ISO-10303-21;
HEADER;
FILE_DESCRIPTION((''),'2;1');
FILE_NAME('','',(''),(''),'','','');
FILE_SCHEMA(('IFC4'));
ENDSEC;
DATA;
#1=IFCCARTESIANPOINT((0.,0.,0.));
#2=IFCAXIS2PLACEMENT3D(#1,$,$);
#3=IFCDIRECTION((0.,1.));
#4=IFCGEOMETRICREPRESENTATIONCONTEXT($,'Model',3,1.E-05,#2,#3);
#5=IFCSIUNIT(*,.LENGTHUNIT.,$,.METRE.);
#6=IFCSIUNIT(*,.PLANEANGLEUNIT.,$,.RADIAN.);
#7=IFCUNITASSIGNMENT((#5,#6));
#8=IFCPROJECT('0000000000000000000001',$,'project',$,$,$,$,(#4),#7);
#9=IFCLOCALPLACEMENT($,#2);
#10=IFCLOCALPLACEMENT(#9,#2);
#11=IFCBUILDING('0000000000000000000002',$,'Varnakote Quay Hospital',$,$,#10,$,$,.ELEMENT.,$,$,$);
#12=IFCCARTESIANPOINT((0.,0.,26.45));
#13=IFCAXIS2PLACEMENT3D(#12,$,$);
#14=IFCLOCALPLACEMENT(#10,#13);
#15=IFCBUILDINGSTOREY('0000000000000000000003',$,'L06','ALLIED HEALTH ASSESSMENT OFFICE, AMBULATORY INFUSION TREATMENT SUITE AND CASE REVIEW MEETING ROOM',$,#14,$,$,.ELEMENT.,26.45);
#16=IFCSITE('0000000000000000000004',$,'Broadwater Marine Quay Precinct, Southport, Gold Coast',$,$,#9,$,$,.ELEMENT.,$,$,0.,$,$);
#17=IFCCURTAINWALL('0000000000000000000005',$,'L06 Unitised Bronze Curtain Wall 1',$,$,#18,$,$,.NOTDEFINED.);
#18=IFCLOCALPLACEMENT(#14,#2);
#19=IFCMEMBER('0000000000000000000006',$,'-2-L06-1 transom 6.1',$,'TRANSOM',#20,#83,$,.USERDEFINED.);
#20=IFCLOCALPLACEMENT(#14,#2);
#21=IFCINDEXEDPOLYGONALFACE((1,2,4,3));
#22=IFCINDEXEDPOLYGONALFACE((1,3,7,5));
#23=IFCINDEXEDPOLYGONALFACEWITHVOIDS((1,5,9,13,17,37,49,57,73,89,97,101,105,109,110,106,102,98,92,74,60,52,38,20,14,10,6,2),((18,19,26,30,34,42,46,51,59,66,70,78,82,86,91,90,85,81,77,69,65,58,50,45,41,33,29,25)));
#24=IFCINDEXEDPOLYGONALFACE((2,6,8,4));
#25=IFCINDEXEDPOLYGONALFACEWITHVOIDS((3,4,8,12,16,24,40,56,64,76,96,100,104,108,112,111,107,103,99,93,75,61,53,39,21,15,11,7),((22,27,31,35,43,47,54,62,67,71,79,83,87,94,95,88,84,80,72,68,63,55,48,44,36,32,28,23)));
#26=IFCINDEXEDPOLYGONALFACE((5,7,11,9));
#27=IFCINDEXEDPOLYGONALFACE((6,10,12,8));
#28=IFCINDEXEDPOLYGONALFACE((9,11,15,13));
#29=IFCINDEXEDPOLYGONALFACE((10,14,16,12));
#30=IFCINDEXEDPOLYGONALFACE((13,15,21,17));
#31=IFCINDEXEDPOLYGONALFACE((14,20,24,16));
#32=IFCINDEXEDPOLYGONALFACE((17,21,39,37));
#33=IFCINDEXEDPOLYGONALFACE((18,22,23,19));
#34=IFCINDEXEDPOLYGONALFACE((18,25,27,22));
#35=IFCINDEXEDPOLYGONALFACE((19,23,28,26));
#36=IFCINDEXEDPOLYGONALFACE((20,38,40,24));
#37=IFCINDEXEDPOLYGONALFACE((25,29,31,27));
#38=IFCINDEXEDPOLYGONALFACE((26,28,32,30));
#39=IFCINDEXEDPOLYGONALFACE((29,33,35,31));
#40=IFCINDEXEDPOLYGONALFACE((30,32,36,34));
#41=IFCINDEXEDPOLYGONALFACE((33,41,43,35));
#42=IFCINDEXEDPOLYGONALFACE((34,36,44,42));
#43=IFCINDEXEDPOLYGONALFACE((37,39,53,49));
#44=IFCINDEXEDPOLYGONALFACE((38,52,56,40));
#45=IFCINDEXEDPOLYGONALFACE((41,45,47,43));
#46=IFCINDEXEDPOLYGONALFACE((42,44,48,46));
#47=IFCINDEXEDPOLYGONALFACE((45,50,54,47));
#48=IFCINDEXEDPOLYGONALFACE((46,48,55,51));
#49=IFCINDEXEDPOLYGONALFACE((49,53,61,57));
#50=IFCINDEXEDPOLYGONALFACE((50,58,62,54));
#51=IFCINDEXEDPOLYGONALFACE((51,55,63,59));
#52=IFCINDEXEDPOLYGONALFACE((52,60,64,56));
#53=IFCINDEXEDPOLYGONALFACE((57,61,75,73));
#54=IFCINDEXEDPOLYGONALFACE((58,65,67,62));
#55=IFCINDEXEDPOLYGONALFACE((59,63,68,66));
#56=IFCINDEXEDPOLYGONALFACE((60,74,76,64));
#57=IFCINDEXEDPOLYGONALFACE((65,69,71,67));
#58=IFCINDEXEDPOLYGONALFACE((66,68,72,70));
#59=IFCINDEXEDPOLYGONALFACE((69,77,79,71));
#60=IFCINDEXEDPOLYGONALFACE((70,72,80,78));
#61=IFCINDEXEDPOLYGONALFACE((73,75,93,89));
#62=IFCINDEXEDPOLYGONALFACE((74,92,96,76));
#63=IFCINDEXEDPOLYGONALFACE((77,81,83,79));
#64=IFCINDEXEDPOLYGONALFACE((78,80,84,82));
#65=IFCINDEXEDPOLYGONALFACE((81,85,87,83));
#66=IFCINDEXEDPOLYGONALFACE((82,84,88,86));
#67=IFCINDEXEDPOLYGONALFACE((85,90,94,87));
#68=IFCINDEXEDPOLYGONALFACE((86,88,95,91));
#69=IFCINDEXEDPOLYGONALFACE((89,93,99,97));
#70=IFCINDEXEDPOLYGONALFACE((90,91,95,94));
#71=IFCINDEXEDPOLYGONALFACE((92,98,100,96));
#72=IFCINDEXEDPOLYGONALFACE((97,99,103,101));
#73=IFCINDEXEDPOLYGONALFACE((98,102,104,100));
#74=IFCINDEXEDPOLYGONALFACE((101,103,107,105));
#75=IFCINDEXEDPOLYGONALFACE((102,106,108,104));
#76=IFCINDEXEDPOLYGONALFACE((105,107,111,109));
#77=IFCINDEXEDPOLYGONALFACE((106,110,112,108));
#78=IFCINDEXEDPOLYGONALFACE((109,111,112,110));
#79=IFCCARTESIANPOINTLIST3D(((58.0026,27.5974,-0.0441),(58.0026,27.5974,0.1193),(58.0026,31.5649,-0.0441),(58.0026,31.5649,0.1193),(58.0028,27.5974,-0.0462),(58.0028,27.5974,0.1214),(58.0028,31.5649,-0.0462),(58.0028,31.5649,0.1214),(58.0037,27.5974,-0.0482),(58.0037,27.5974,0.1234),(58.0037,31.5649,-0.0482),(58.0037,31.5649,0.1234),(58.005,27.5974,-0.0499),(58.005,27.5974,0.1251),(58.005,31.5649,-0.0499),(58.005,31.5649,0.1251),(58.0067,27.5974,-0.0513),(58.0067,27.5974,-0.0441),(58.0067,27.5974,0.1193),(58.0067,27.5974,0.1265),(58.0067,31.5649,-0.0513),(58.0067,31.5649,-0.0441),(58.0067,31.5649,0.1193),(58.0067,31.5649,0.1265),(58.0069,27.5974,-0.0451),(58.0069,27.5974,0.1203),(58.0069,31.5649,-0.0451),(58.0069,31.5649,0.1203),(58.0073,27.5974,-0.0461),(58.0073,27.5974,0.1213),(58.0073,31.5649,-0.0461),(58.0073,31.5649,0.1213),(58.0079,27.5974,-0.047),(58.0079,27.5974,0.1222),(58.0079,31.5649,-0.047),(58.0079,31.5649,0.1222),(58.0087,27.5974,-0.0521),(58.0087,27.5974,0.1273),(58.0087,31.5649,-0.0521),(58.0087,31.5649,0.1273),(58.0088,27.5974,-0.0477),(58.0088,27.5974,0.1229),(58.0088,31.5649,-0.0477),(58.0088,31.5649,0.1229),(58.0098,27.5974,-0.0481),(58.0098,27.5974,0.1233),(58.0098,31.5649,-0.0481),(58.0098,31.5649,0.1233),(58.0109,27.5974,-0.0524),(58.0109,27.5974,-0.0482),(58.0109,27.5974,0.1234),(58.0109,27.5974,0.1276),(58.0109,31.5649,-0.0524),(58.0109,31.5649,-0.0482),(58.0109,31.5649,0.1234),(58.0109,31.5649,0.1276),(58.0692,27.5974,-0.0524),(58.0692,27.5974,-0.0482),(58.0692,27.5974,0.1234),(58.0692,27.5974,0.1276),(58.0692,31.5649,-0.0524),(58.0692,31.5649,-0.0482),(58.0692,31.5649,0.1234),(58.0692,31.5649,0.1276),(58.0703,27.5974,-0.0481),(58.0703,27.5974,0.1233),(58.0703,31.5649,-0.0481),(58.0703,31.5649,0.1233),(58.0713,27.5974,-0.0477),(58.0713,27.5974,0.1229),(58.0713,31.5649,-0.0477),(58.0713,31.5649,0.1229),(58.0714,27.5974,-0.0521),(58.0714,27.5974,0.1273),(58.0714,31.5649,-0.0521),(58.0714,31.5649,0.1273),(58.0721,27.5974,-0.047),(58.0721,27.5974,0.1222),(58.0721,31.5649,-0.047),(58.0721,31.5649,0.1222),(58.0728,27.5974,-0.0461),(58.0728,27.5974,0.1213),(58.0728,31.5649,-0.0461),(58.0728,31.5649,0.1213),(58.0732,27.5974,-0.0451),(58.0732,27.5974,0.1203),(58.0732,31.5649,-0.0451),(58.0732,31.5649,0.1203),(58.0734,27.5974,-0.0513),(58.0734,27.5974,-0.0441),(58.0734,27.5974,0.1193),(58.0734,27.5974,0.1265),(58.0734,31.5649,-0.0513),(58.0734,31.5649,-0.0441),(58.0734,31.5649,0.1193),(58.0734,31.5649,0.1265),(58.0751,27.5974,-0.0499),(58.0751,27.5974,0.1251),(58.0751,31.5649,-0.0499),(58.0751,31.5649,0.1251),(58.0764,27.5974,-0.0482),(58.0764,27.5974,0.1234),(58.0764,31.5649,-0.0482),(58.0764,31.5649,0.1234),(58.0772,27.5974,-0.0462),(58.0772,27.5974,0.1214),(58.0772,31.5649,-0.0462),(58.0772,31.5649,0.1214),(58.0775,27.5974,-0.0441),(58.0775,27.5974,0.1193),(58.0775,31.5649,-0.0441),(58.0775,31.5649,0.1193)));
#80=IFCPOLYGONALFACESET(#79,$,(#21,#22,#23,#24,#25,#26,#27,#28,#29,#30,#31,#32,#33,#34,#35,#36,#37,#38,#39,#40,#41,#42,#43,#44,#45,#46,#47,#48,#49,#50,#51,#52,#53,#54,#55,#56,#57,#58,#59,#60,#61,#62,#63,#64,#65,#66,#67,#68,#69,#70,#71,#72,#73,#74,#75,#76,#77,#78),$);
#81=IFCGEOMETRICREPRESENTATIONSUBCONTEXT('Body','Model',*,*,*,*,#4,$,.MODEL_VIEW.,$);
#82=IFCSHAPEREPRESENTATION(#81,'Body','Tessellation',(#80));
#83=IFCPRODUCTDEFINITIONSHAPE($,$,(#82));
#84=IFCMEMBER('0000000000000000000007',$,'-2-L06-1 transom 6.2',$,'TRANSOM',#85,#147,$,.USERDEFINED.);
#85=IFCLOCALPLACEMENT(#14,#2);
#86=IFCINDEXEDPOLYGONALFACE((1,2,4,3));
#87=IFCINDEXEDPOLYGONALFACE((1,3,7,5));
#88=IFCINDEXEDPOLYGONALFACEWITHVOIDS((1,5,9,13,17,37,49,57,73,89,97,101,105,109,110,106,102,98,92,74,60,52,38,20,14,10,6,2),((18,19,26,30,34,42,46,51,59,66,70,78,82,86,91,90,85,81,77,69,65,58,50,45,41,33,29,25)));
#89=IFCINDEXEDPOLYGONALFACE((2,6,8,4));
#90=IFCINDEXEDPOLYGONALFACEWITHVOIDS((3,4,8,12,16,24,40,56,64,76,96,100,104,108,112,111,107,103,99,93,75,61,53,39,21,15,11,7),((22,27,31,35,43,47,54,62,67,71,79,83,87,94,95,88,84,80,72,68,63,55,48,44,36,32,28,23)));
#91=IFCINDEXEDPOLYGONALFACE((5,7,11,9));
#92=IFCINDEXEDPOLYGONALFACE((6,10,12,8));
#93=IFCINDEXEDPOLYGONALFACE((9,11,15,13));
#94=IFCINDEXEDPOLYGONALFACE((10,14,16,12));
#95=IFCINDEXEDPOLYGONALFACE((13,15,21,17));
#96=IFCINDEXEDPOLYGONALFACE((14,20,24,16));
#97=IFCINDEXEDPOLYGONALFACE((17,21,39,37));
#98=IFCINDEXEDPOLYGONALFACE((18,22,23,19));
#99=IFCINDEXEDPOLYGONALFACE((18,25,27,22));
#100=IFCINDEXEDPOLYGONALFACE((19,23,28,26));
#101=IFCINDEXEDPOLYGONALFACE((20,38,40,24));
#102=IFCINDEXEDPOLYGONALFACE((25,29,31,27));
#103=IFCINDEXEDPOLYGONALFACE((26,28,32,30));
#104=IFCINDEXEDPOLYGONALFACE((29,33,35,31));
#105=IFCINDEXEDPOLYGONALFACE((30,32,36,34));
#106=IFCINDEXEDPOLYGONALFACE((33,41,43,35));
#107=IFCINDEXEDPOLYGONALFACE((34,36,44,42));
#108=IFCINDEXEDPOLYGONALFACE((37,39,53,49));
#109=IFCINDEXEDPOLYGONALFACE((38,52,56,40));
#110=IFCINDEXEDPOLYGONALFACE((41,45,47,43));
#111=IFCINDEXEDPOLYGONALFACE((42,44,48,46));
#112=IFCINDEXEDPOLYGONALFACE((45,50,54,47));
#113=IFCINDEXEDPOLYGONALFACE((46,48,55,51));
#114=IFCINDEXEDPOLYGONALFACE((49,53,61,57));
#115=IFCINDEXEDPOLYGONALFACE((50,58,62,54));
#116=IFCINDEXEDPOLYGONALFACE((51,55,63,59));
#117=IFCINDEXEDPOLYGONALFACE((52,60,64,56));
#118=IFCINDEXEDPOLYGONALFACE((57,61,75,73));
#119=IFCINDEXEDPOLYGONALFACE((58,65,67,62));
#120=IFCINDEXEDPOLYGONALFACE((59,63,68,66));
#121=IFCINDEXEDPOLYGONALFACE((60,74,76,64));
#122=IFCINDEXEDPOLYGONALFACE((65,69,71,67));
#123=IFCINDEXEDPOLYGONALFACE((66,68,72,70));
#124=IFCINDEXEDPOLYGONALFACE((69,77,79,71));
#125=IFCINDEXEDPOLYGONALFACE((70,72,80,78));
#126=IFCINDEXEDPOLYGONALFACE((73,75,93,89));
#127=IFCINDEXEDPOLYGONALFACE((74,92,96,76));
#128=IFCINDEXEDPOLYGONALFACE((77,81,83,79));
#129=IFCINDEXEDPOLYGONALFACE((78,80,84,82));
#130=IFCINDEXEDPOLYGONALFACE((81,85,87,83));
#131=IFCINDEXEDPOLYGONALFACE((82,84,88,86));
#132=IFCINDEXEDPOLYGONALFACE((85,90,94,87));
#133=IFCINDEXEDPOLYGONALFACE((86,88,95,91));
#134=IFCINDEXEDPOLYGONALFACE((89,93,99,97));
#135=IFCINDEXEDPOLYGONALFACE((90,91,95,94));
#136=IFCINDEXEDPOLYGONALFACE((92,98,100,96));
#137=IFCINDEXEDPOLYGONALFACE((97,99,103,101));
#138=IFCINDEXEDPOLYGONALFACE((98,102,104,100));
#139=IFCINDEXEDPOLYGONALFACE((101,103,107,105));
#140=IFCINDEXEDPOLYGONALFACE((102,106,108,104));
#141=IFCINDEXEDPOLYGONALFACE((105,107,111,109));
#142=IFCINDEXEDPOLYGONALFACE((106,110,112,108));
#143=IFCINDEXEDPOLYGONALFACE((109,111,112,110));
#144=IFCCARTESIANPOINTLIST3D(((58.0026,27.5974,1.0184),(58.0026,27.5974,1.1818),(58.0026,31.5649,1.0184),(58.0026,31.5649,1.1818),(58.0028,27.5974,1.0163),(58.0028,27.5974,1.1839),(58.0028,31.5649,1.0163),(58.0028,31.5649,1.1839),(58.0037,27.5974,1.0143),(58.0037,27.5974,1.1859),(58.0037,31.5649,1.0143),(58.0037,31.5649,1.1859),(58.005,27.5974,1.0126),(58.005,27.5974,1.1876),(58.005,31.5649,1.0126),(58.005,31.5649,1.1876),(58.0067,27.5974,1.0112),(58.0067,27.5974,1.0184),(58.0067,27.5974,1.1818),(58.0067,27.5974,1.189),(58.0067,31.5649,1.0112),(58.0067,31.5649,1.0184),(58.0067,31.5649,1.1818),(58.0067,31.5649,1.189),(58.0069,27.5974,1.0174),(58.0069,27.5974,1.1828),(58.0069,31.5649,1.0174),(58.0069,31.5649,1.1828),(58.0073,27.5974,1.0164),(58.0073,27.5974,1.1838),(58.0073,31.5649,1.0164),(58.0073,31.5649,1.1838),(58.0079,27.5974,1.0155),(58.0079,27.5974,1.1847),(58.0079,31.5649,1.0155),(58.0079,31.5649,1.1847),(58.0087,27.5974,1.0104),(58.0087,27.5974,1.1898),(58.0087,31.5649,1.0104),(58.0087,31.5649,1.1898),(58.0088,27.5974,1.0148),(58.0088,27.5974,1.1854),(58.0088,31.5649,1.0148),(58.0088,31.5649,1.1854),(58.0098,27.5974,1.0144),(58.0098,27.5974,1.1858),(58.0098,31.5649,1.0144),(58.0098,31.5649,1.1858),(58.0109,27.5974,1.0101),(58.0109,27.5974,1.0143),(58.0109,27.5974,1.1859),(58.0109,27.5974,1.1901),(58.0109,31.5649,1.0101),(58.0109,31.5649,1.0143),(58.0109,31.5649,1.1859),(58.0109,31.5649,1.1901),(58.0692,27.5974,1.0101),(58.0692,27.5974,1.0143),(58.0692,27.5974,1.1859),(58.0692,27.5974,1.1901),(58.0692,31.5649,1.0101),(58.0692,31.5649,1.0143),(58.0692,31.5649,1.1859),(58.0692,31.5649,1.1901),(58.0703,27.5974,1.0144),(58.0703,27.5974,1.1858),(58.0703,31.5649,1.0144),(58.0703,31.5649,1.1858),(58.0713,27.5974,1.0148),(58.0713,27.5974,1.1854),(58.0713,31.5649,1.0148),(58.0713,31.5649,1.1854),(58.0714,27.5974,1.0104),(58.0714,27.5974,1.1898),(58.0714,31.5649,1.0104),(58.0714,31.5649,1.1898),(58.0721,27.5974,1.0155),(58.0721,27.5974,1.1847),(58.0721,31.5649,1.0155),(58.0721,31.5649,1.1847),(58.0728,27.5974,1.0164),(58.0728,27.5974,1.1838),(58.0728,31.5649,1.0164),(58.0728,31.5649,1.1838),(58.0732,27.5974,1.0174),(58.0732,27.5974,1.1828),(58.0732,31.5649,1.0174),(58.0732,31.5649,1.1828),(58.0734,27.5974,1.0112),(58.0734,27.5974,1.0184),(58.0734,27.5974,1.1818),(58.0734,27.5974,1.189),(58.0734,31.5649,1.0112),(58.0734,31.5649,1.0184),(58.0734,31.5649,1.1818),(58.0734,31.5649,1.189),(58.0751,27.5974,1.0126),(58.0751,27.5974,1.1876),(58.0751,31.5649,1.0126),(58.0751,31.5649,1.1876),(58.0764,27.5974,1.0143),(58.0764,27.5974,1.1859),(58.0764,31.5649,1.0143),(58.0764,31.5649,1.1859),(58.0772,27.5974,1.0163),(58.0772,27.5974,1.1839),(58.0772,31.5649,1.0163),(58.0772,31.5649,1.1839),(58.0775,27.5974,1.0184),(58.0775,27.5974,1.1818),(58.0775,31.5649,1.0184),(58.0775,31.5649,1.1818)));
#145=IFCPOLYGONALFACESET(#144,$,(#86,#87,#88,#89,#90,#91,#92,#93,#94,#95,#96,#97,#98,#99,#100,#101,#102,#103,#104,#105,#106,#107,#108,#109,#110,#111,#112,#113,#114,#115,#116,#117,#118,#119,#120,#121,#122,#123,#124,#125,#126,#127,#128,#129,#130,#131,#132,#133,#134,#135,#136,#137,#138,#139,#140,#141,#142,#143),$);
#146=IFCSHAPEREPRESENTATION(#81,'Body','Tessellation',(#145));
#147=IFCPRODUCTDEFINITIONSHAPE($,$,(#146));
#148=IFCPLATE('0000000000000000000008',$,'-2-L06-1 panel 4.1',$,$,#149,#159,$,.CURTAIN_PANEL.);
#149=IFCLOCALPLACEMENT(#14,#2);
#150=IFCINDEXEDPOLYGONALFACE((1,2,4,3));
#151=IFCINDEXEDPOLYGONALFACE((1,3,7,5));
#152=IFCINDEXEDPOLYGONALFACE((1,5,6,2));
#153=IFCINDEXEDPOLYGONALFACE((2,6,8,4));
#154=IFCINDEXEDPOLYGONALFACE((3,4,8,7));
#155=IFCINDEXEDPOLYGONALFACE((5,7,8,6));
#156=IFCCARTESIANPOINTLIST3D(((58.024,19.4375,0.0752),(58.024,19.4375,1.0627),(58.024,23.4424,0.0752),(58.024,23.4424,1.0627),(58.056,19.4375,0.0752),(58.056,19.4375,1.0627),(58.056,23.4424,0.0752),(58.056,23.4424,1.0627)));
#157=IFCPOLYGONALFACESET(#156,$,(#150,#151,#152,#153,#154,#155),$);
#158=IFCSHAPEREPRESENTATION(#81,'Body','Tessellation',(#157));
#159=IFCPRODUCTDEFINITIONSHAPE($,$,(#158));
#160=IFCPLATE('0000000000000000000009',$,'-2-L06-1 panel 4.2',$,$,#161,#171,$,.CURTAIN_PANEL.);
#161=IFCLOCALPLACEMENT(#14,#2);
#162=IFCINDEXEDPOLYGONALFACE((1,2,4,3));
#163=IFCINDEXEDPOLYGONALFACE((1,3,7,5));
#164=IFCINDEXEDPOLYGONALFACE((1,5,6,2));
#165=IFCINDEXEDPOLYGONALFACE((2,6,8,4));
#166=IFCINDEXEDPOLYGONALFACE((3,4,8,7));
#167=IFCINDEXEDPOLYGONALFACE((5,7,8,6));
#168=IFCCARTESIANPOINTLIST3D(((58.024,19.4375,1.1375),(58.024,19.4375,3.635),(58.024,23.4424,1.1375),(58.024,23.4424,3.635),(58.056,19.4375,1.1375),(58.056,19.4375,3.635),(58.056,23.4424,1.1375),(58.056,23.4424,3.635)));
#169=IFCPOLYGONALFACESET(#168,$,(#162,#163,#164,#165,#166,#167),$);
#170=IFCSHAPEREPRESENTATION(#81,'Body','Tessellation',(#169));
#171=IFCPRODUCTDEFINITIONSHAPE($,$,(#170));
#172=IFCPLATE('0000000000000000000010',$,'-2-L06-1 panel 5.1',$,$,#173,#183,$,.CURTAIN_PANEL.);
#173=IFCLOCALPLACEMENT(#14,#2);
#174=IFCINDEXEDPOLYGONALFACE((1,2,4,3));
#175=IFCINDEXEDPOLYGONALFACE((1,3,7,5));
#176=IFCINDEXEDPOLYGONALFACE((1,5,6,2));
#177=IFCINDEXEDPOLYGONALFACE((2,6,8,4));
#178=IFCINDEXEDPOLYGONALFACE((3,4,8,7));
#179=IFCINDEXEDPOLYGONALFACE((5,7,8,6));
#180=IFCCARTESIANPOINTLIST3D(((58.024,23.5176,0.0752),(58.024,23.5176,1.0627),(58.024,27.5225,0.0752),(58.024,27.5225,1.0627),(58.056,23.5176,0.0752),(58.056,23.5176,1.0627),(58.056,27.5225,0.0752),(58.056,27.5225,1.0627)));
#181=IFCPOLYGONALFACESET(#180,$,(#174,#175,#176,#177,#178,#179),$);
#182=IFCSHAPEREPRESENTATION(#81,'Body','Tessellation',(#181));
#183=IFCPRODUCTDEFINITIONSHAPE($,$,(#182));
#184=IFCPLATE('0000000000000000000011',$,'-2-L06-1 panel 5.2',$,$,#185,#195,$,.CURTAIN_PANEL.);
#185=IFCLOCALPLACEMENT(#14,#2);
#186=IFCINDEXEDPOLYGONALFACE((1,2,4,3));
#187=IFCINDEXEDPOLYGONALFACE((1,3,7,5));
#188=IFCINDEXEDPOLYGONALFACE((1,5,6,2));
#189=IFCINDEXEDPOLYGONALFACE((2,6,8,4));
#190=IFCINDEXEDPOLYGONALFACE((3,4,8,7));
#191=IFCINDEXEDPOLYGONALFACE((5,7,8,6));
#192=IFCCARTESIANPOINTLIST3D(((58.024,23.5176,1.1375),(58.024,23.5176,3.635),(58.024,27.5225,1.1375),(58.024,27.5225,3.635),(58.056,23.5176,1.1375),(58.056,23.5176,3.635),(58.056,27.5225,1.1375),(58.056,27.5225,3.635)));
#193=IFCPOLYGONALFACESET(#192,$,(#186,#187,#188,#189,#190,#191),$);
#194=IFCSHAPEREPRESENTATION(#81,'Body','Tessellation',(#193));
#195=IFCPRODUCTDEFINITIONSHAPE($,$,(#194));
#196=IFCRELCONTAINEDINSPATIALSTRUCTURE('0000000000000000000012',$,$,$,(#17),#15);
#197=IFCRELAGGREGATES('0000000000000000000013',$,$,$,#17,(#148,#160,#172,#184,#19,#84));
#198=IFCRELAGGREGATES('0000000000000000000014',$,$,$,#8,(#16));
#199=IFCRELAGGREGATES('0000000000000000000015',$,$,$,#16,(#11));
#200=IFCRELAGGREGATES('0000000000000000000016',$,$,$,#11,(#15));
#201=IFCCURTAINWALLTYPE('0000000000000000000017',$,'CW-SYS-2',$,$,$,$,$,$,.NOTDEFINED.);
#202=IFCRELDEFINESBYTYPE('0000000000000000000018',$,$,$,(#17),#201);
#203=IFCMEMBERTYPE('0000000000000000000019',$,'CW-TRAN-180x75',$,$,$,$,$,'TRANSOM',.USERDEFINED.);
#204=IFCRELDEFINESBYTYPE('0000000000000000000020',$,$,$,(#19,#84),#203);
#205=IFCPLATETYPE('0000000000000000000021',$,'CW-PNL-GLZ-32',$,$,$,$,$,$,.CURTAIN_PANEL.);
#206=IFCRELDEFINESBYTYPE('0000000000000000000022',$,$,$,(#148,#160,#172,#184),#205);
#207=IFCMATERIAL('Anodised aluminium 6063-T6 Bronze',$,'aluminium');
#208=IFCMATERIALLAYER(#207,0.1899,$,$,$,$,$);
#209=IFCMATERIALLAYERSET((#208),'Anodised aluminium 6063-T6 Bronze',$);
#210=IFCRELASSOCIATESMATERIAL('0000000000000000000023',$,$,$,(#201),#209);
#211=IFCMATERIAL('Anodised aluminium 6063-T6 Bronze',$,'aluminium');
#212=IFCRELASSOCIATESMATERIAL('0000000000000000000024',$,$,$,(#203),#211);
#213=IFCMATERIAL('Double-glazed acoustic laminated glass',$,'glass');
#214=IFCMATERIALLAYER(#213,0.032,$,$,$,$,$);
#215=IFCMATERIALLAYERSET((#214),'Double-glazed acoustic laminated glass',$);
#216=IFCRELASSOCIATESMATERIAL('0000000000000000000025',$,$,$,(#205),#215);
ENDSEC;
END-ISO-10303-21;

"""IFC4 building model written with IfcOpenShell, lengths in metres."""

from ifc_helpers import new_model, si_unit, direction, frame, origin, origin_2d, place, context, subcontext, project, spatial, rectangle, hollow_rectangle, extrude, material, layer, layer_set, material_profile, profile_set, type_object, element, aggregate, save


model = new_model("IFC4")

# Units and contexts
model_context = context("Model", 3, precision=1e-05, world=origin(), true_north=direction((0.0, 1.0)))
body_context = subcontext(model_context, "Body", "Model", "MODEL_VIEW")
ifc_project = project(units=[si_unit("LENGTHUNIT", "METRE"), si_unit("PLANEANGLEUNIT", "RADIAN")], contexts=[model_context])

# Site, building, storey
site_placement = place(None, origin())
site = spatial("IfcSite", under=ifc_project, at=site_placement, Name="Broadwater Marine Quay Precinct, Southport, Gold Coast", CompositionType="ELEMENT", RefElevation=0.0)
building_placement = place(site_placement, origin())
building = spatial("IfcBuilding", under=site, at=building_placement, Name="Varnakote Quay Hospital", CompositionType="ELEMENT")
storey_placement = place(building_placement, frame((0.0, 0.0, 26.45)))
storey = spatial("IfcBuildingStorey", under=building, at=storey_placement, Name="L06", Description="ALLIED HEALTH ASSESSMENT OFFICE, AMBULATORY INFUSION TREATMENT SUITE AND CASE REVIEW MEETING ROOM", CompositionType="ELEMENT", Elevation=26.45)

# Curtain wall, members, plates
ifc_material_1 = material(Name="Anodised aluminium 6063-T6 Bronze", Category="aluminium")
ifc_layer_1 = layer(ifc_material_1, 0.1899)
ifc_layer_set_1 = layer_set([ifc_layer_1], Name="Anodised aluminium 6063-T6 Bronze")
curtain_wall_type = type_object("IfcCurtainWallType", Name="CW-SYS-2", PredefinedType="NOTDEFINED", material=ifc_layer_set_1)
curtain_wall_placement = place(storey_placement, origin())
curtain_wall = element("IfcCurtainWall", 1, at=curtain_wall_placement, inside=storey, type_object=curtain_wall_type, Name="L06 Unitised Bronze Curtain Wall 1", PredefinedType="NOTDEFINED")
ifc_material_2 = material(Name="Anodised aluminium 6063-T6 Bronze", Category="aluminium")
ifc_material_profile_1 = material_profile(ifc_material_2, hollow_rectangle(XDim=0.075, YDim=0.1799, WallThickness=0.0042, InnerFilletRadius=0.0042, OuterFilletRadius=0.0083, at=origin_2d()), Name="CW-TRAN-180x75")
ifc_profile_set_1 = profile_set([ifc_material_profile_1], Name="Anodised aluminium 6063-T6 Bronze")
member_type_1 = type_object("IfcMemberType", Name="CW-TRAN-180x75", ElementType="TRANSOM", PredefinedType="USERDEFINED", material=ifc_profile_set_1)
member_1_placement = place(storey_placement, frame((58.04, 27.5974, 0.0376), z_axis=(0.0, 1.0, 0.0), x_axis=(-1.0, 0.0, 0.0)))
member_1 = element("IfcMember", 2, at=member_1_placement, type_object=member_type_1, Name="-2-L06-1 transom 6.1", ObjectType="TRANSOM", PredefinedType="USERDEFINED", context=body_context, shape_type="SweptSolid", body=[
    extrude(hollow_rectangle(XDim=0.075, YDim=0.1799, WallThickness=0.0042, InnerFilletRadius=0.0042, OuterFilletRadius=0.0083, at=origin_2d()), origin(), (0.0, 0.0, 1.0), 3.9675),
])
member_2_placement = place(storey_placement, frame((58.04, 27.5974, 1.1001), z_axis=(0.0, 1.0, 0.0), x_axis=(-1.0, 0.0, 0.0)))
member_2 = element("IfcMember", 3, at=member_2_placement, type_object=member_type_1, Name="-2-L06-1 transom 6.2", ObjectType="TRANSOM", PredefinedType="USERDEFINED", context=body_context, shape_type="SweptSolid", body=[
    extrude(hollow_rectangle(XDim=0.075, YDim=0.1799, WallThickness=0.0042, InnerFilletRadius=0.0042, OuterFilletRadius=0.0083, at=origin_2d()), origin(), (0.0, 0.0, 1.0), 3.9675),
])
ifc_material_3 = material(Name="Double-glazed acoustic laminated glass", Category="glass")
ifc_layer_2 = layer(ifc_material_3, 0.032)
ifc_layer_set_2 = layer_set([ifc_layer_2], Name="Double-glazed acoustic laminated glass")
plate_type = type_object("IfcPlateType", Name="CW-PNL-GLZ-32", PredefinedType="CURTAIN_PANEL", material=ifc_layer_set_2)
plate_1_placement = place(storey_placement, frame((58.04, 21.4399, 0.0752), z_axis=(0.0, 0.0, 1.0), x_axis=(0.0, 1.0, 0.0)))
plate_1 = element("IfcPlate", 4, at=plate_1_placement, type_object=plate_type, Name="-2-L06-1 panel 4.1", PredefinedType="CURTAIN_PANEL", context=body_context, shape_type="SweptSolid", body=[
    extrude(rectangle(XDim=4.0049, YDim=0.032, at=origin_2d()), origin(), (0.0, 0.0, 1.0), 0.9875),
])
plate_2_placement = place(storey_placement, frame((58.04, 21.4399, 1.1375), z_axis=(0.0, 0.0, 1.0), x_axis=(0.0, 1.0, 0.0)))
plate_2 = element("IfcPlate", 5, at=plate_2_placement, type_object=plate_type, Name="-2-L06-1 panel 4.2", PredefinedType="CURTAIN_PANEL", context=body_context, shape_type="SweptSolid", body=[
    extrude(rectangle(XDim=4.0049, YDim=0.032, at=origin_2d()), origin(), (0.0, 0.0, 1.0), 2.4976),
])
plate_3_placement = place(storey_placement, frame((58.04, 25.52, 0.0752), z_axis=(0.0, 0.0, 1.0), x_axis=(0.0, 1.0, 0.0)))
plate_3 = element("IfcPlate", 6, at=plate_3_placement, type_object=plate_type, Name="-2-L06-1 panel 5.1", PredefinedType="CURTAIN_PANEL", context=body_context, shape_type="SweptSolid", body=[
    extrude(rectangle(XDim=4.0049, YDim=0.032, at=origin_2d()), origin(), (0.0, 0.0, 1.0), 0.9875),
])
plate_4_placement = place(storey_placement, frame((58.04, 25.52, 1.1375), z_axis=(0.0, 0.0, 1.0), x_axis=(0.0, 1.0, 0.0)))
plate_4 = element("IfcPlate", 7, at=plate_4_placement, type_object=plate_type, Name="-2-L06-1 panel 5.2", PredefinedType="CURTAIN_PANEL", context=body_context, shape_type="SweptSolid", body=[
    extrude(rectangle(XDim=4.0049, YDim=0.032, at=origin_2d()), origin(), (0.0, 0.0, 1.0), 2.4976),
])
aggregate(curtain_wall, [plate_1, plate_2, plate_3, plate_4, member_1, member_2])

save(model, "model.ifc")
